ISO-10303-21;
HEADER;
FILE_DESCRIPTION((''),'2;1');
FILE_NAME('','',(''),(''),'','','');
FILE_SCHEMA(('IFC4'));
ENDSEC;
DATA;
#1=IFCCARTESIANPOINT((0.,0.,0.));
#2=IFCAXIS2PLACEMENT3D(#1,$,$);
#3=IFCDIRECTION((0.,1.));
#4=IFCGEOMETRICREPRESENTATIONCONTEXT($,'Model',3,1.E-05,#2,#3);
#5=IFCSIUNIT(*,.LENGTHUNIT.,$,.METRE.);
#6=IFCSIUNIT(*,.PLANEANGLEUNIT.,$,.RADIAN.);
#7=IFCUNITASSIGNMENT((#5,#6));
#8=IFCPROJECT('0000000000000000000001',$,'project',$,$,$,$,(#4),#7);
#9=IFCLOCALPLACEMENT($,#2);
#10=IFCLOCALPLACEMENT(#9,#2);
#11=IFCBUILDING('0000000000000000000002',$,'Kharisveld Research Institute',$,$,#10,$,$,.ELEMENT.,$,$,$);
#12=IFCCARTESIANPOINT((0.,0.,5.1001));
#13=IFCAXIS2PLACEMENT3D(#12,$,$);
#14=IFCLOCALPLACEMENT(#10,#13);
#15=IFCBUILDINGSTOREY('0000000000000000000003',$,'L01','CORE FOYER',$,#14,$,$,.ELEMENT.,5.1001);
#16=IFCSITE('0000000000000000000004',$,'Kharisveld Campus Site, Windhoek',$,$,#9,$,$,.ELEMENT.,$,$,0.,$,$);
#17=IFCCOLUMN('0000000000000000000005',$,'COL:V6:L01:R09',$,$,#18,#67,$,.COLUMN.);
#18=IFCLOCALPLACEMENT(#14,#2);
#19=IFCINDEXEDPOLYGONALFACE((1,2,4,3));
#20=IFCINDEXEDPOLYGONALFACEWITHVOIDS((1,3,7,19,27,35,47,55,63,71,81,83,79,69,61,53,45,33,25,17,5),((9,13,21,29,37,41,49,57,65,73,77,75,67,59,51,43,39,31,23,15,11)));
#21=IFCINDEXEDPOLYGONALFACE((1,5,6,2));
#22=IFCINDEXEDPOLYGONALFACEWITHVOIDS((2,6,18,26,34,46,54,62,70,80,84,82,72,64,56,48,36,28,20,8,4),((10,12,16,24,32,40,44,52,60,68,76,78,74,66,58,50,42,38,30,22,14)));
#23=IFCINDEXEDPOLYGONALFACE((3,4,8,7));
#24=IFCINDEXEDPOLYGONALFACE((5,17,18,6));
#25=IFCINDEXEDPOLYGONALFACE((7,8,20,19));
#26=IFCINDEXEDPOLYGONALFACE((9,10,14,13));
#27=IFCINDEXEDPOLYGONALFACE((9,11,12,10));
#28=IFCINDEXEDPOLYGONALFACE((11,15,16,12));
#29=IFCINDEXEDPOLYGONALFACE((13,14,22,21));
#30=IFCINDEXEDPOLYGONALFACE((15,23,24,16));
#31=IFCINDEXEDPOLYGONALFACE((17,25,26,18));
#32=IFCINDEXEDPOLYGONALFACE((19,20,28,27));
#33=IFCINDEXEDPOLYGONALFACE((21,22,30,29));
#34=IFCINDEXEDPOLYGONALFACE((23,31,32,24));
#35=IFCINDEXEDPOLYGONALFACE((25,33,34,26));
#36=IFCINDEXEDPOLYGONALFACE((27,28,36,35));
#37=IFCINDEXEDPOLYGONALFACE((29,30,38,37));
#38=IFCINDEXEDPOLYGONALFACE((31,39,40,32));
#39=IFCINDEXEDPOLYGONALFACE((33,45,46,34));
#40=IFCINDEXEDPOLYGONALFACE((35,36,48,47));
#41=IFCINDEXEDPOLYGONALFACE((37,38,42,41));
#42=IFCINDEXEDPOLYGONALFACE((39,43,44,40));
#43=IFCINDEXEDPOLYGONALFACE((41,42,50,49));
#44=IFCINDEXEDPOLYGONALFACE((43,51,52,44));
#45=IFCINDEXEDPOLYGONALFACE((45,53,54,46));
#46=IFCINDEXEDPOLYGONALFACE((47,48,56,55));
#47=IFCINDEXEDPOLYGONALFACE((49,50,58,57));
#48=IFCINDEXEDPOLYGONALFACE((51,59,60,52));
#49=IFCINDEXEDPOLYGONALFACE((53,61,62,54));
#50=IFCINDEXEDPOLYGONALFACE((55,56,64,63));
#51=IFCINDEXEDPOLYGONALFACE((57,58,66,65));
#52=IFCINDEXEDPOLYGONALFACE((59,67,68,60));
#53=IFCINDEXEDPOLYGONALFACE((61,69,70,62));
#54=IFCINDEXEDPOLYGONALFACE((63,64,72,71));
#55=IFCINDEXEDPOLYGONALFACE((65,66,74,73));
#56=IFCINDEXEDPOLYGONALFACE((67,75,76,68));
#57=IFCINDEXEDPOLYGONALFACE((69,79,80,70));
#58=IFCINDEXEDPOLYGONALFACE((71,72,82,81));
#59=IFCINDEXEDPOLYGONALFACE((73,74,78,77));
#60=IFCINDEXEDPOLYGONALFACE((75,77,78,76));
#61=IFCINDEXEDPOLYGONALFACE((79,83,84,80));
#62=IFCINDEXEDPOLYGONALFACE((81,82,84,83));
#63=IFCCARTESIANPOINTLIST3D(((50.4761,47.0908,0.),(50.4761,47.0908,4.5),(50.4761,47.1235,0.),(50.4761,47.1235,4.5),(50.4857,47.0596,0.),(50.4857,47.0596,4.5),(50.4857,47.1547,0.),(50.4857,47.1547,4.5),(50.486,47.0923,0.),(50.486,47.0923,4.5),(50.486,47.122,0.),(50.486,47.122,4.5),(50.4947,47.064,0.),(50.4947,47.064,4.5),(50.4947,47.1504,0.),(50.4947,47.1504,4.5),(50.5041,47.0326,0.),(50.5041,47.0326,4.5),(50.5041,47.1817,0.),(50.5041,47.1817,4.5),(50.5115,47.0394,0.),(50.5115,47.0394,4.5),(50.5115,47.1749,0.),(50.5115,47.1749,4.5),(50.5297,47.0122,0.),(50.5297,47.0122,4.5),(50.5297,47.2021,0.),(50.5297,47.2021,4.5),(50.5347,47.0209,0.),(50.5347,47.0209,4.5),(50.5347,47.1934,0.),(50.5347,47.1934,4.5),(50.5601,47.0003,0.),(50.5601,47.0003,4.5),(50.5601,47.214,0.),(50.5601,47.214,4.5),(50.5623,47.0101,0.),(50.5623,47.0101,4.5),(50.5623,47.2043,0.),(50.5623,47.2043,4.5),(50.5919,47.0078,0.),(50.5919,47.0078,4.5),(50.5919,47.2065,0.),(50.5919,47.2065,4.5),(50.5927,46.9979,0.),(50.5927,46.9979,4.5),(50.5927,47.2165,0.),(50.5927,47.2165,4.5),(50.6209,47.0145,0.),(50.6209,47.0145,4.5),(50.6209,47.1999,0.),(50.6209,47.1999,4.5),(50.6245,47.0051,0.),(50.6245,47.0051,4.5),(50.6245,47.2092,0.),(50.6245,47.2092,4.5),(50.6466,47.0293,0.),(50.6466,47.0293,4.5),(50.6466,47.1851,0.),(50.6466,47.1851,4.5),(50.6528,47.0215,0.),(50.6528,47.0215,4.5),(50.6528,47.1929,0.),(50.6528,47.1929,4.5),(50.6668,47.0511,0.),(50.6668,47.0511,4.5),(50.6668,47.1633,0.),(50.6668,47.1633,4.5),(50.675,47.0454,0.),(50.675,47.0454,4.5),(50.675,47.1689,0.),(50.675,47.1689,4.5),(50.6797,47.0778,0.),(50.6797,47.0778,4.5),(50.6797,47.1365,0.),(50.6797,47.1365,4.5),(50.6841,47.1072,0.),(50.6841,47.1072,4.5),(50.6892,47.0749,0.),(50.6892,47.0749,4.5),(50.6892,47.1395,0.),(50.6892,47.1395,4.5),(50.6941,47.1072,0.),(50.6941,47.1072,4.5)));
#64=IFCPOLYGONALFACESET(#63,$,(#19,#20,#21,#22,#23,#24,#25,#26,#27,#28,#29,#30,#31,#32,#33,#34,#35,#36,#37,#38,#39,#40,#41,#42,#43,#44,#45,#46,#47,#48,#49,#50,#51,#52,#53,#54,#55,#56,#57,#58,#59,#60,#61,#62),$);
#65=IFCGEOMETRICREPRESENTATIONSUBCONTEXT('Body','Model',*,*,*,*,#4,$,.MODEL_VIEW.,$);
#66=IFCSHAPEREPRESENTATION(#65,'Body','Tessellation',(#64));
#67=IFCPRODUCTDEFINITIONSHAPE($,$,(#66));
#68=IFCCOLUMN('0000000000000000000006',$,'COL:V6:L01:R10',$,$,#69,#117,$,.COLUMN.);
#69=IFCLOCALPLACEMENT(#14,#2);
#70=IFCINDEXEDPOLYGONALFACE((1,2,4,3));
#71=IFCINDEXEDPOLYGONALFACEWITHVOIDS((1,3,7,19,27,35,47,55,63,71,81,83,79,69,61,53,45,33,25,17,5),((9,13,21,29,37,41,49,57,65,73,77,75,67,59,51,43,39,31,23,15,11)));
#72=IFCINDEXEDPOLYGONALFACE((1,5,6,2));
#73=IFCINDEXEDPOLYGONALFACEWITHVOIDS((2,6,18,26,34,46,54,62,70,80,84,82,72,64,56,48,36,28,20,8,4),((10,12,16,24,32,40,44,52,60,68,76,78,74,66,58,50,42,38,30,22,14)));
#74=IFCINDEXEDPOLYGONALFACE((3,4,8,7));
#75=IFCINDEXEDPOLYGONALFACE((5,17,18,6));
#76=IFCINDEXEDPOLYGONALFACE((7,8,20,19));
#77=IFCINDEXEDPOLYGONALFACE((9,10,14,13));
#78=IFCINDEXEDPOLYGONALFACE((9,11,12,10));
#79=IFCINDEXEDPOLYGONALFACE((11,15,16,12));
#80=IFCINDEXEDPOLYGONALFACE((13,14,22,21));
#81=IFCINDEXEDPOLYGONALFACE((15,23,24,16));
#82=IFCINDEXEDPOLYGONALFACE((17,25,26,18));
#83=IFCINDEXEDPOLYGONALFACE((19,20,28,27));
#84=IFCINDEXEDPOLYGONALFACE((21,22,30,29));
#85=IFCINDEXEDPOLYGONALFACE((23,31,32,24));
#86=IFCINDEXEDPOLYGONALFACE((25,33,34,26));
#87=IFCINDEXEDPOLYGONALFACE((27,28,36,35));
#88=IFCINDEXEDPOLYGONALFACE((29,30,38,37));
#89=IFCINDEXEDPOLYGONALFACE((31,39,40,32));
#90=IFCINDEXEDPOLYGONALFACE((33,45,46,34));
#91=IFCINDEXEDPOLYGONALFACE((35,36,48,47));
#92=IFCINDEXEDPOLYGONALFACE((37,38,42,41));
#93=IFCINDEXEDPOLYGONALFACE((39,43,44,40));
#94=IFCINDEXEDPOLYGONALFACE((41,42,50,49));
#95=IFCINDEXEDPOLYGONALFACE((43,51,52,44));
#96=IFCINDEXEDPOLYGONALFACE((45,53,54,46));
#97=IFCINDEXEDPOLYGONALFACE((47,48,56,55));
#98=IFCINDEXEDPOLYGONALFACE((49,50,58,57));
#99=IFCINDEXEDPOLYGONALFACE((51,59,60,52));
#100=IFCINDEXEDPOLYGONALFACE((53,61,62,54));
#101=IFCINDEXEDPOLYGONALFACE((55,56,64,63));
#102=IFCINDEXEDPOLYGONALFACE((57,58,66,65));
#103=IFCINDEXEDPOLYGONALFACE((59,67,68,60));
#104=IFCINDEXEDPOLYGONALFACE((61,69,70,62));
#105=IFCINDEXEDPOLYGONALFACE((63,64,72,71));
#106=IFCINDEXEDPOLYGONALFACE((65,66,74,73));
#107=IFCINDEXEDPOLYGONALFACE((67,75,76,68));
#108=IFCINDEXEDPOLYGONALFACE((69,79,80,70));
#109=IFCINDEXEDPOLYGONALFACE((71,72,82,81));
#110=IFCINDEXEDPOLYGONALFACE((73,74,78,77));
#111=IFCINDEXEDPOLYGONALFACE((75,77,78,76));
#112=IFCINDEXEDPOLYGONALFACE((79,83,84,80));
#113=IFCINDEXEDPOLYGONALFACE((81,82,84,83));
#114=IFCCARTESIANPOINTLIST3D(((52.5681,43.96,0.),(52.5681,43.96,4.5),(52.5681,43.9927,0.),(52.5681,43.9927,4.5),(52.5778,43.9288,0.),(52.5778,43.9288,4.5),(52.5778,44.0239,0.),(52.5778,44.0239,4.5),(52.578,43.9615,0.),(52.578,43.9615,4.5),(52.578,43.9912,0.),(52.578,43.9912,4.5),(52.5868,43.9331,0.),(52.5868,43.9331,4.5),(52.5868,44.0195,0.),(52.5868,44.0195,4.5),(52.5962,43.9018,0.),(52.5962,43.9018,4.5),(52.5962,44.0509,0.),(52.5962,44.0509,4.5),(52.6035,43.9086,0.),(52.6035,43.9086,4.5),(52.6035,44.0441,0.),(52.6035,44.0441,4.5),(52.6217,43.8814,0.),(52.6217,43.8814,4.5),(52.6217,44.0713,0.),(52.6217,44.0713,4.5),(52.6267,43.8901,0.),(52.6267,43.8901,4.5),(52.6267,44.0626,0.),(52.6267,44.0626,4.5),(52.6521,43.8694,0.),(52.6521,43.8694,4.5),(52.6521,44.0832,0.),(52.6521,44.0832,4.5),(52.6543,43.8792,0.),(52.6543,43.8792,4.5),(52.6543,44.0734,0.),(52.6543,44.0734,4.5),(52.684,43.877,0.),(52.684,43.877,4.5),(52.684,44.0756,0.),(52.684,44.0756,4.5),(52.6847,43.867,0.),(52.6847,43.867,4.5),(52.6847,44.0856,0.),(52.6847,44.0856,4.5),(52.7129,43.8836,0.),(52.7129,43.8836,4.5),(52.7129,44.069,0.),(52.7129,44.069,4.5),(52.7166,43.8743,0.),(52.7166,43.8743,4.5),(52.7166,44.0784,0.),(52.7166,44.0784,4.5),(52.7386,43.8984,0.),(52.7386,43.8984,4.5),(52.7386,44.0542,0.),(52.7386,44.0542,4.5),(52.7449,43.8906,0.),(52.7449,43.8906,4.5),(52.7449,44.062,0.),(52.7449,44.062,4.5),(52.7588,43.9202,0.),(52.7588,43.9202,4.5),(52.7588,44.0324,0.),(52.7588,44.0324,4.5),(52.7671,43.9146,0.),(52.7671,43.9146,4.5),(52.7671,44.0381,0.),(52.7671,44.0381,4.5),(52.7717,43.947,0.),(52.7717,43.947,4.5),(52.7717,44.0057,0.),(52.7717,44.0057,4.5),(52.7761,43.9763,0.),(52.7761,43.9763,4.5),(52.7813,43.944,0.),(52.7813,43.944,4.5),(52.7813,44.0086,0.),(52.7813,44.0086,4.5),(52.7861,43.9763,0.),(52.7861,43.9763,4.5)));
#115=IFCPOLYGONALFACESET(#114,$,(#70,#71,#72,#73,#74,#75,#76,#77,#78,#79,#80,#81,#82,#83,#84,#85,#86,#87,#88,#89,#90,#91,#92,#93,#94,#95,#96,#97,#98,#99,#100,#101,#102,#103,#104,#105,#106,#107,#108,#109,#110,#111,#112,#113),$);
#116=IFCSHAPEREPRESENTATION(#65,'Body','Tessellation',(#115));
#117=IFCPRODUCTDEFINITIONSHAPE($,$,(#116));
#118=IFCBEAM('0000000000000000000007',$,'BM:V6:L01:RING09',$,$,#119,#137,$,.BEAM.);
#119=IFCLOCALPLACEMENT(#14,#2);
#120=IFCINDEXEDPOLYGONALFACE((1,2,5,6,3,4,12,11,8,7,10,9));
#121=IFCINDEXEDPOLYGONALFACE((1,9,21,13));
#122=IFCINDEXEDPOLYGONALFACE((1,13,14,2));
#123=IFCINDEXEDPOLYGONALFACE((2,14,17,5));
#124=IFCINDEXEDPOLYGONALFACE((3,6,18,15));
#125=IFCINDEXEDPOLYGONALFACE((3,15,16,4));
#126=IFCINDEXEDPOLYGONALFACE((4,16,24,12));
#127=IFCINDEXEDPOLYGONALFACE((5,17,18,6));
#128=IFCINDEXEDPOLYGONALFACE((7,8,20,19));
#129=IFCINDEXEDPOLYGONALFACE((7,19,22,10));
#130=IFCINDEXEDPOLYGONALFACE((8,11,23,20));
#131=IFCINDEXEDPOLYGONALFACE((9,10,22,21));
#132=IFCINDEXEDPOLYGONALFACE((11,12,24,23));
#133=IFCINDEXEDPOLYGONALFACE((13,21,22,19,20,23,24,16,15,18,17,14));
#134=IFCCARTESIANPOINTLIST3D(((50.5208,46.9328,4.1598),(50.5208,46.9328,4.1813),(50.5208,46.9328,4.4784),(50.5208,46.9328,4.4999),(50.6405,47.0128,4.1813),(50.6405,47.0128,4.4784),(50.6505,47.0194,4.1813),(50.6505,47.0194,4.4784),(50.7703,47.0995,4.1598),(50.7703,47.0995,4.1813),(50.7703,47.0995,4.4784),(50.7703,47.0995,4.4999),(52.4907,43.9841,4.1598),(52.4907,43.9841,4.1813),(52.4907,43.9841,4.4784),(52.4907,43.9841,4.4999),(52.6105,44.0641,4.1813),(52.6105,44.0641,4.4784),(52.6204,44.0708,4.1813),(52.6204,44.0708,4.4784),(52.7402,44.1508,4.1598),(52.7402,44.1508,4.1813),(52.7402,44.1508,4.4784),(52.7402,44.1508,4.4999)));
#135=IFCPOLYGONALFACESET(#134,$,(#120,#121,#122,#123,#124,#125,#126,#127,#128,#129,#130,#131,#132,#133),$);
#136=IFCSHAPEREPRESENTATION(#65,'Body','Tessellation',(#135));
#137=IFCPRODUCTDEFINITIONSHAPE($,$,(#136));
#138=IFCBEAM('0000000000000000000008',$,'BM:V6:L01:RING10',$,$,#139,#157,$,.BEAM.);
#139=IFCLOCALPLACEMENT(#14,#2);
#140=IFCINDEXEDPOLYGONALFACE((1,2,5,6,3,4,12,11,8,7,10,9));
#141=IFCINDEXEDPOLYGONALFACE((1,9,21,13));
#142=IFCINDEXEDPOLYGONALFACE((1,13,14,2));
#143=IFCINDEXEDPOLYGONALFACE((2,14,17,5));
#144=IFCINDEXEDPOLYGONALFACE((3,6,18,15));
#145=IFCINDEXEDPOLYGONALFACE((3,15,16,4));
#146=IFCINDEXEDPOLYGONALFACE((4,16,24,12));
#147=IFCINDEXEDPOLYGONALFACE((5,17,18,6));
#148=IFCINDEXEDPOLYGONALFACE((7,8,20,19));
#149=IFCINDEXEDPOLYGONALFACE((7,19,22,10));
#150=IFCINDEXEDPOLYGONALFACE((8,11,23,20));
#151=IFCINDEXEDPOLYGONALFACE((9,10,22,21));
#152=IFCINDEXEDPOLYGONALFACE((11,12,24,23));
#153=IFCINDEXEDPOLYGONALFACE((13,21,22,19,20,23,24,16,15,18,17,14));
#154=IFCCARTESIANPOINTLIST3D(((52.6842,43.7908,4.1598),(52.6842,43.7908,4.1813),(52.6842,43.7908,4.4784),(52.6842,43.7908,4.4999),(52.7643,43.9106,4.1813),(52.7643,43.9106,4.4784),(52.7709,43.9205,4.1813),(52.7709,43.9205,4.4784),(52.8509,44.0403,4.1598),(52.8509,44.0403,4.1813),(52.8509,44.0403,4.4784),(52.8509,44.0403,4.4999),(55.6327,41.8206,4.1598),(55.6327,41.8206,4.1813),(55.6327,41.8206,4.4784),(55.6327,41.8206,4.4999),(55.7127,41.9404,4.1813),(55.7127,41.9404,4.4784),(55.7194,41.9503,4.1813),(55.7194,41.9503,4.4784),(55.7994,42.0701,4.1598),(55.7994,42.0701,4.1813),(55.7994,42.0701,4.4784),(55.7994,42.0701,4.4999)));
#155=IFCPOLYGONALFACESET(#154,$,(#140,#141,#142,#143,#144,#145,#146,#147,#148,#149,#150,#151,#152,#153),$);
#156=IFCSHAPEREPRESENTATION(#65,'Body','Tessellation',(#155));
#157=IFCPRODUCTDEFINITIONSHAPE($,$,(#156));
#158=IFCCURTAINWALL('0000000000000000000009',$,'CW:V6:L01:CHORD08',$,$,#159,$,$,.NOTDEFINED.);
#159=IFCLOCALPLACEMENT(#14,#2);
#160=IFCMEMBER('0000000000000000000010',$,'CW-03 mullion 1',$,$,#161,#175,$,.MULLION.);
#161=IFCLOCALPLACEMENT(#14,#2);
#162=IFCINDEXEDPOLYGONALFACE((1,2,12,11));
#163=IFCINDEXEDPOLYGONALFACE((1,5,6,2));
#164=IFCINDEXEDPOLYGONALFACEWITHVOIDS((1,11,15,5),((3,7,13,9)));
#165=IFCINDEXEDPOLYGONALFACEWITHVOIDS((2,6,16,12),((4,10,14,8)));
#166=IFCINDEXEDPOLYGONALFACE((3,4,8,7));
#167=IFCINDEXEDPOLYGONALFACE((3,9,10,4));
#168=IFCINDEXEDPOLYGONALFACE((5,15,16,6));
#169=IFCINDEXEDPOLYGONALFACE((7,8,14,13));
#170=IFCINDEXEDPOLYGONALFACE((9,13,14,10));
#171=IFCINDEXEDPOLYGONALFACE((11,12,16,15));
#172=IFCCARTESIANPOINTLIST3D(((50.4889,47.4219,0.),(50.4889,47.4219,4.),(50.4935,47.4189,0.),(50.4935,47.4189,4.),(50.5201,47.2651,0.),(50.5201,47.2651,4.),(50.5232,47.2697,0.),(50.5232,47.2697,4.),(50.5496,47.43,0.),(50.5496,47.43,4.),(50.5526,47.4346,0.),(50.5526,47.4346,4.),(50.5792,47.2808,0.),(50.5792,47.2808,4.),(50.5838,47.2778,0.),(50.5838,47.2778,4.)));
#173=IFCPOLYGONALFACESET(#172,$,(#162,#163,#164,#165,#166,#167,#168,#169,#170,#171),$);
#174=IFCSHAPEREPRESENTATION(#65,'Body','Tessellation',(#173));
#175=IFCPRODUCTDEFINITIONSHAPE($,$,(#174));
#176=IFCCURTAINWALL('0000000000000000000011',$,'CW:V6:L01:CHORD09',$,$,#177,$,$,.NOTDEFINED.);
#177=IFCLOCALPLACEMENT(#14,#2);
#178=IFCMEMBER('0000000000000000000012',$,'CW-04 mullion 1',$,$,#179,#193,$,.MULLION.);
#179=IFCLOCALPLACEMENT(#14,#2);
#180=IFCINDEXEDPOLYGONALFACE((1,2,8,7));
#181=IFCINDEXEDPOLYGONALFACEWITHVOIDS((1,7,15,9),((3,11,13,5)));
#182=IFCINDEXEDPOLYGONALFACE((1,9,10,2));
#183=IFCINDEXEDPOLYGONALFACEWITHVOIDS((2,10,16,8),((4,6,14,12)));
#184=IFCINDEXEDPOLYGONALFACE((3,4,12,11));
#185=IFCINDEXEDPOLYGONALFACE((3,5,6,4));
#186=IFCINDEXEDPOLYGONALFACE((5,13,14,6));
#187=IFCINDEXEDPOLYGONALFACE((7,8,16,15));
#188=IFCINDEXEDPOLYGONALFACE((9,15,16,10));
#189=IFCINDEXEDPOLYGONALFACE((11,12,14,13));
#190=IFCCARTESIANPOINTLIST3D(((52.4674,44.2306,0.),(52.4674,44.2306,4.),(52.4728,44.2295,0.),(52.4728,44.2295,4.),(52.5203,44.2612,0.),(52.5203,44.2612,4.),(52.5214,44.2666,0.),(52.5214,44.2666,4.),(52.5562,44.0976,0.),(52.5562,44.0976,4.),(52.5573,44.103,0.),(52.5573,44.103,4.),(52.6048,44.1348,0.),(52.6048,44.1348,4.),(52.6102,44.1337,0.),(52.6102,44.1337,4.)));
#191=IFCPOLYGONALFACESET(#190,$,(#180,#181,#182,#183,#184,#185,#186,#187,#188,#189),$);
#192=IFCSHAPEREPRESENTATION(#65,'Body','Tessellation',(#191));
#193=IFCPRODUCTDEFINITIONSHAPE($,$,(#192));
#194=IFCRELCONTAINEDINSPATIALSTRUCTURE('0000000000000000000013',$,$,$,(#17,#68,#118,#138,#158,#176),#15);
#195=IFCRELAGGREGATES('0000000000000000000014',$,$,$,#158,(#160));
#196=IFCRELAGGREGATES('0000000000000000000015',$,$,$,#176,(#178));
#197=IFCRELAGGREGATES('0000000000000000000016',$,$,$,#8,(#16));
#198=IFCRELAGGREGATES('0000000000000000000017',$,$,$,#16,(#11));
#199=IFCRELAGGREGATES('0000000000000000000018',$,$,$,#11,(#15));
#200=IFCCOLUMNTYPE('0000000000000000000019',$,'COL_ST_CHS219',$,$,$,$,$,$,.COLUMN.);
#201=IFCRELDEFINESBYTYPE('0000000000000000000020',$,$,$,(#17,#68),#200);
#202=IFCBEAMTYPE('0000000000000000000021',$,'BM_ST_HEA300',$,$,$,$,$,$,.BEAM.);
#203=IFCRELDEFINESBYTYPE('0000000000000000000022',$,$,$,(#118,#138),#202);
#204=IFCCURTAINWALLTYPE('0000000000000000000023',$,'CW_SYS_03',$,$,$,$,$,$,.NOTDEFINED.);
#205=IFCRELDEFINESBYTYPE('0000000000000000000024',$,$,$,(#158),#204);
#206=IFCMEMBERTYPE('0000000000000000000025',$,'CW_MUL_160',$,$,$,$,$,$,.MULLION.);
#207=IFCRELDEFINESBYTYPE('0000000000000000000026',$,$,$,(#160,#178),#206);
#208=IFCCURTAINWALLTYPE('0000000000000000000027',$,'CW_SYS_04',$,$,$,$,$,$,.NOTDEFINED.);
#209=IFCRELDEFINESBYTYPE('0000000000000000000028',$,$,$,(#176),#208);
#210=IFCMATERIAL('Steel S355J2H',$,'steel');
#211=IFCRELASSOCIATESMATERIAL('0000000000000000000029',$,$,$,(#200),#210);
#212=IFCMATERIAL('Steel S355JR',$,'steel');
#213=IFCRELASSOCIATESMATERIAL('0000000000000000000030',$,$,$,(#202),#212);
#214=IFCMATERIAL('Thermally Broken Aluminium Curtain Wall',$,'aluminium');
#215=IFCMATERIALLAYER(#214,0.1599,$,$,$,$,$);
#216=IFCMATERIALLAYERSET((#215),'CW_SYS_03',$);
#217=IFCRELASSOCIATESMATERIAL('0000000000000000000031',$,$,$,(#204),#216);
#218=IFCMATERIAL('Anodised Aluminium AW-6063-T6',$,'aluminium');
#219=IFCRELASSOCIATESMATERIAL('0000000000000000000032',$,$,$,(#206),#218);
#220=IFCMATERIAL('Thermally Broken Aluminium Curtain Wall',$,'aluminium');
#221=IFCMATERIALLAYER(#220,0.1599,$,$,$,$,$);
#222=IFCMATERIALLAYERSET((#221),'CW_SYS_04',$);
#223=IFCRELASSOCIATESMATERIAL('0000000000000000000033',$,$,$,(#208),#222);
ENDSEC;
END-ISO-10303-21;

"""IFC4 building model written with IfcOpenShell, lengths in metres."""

from ifc_helpers import new_model, si_unit, direction, frame, origin, origin_2d, place, context, subcontext, project, spatial, hollow_rectangle, hollow_circle, i_section, extrude, material, layer, layer_set, material_profile, profile_set, type_object, element, aggregate, save


model = new_model("IFC4")

# Units and contexts
model_context = context("Model", 3, precision=1e-05, world=origin(), true_north=direction((0.0, 1.0)))
body_context = subcontext(model_context, "Body", "Model", "MODEL_VIEW")
ifc_project = project(units=[si_unit("LENGTHUNIT", "METRE"), si_unit("PLANEANGLEUNIT", "RADIAN")], contexts=[model_context])

# Site, building, storey
site_placement = place(None, origin())
site = spatial("IfcSite", under=ifc_project, at=site_placement, Name="Kharisveld Campus Site, Windhoek", CompositionType="ELEMENT", RefElevation=0.0)
building_placement = place(site_placement, origin())
building = spatial("IfcBuilding", under=site, at=building_placement, Name="Kharisveld Research Institute", CompositionType="ELEMENT")
storey_placement = place(building_placement, frame((0.0, 0.0, 5.1001)))
storey = spatial("IfcBuildingStorey", under=building, at=storey_placement, Name="L01", Description="CORE FOYER", CompositionType="ELEMENT", Elevation=5.1001)

# Columns
ifc_material_1 = material(Name="Steel S355J2H", Category="steel")
ifc_material_profile_1 = material_profile(ifc_material_1, hollow_circle(Radius=0.1096, WallThickness=0.01, at=origin_2d()))
ifc_profile_set_1 = profile_set([ifc_material_profile_1], Name="Steel S355J2H")
column_type = type_object("IfcColumnType", Name="COL_ST_CHS219", PredefinedType="COLUMN", material=ifc_profile_set_1)
for number, where, z_axis, x_axis, name in (
    (1, (50.5845, 47.1072, 0.0), (0.0, 0.0, 1.0), (1.0, 0.0, 0.0), "COL:V6:L01:R09"),
    (2, (52.6765, 43.9763, 0.0), (0.0, 0.0, 1.0), (1.0, 0.0, 0.0), "COL:V6:L01:R10"),
):
    element("IfcColumn", number, at=place(storey_placement, frame(where, z_axis=z_axis, x_axis=x_axis)), inside=storey, type_object=column_type, Name=name, PredefinedType="COLUMN", context=body_context, shape_type="SweptSolid", body=[
        extrude(hollow_circle(Radius=0.1096, WallThickness=0.01, at=origin_2d()), origin(), (0.0, 0.0, 1.0), 4.5),
    ])

# Beams
ifc_material_2 = material(Name="Steel S355JR", Category="steel")
ifc_material_profile_2 = material_profile(ifc_material_2, i_section(OverallWidth=0.3, OverallDepth=0.3401, WebThickness=0.012, FlangeThickness=0.0215, at=origin_2d()))
ifc_profile_set_2 = profile_set([ifc_material_profile_2], Name="Steel S355JR")
beam_type = type_object("IfcBeamType", Name="BM_ST_HEA300", PredefinedType="BEAM", material=ifc_profile_set_2)
for number, where, z_axis, x_axis, name in (
    (3, (50.6455, 47.0161, 4.3298), (0.55551, -0.83151, 0.0), (0.83151, 0.55551, 0.0), "BM:V6:L01:RING09"),
    (4, (52.7676, 43.9155, 4.3298), (0.831457, -0.55559, 0.0), (0.55559, 0.831457, 0.0), "BM:V6:L01:RING10"),
):
    element("IfcBeam", number, at=place(storey_placement, frame(where, z_axis=z_axis, x_axis=x_axis)), inside=storey, type_object=beam_type, Name=name, PredefinedType="BEAM", context=body_context, shape_type="SweptSolid", body=[
        extrude(i_section(OverallWidth=0.3, OverallDepth=0.3401, WebThickness=0.012, FlangeThickness=0.0215, at=origin_2d()), origin(), (0.0, 0.0, 1.0), 3.5461),
    ])

# Curtain wall, member
ifc_material_3 = material(Name="Thermally Broken Aluminium Curtain Wall", Category="aluminium")
ifc_layer_1 = layer(ifc_material_3, 0.1599)
ifc_layer_set_1 = layer_set([ifc_layer_1], Name="CW_SYS_03")
curtain_wall_type_1 = type_object("IfcCurtainWallType", Name="CW_SYS_03", PredefinedType="NOTDEFINED", material=ifc_layer_set_1)
curtain_wall_1_placement = place(storey_placement, origin())
curtain_wall_1 = element("IfcCurtainWall", 5, at=curtain_wall_1_placement, inside=storey, type_object=curtain_wall_type_1, Name="CW:V6:L01:CHORD08", PredefinedType="NOTDEFINED")
ifc_material_4 = material(Name="Anodised Aluminium AW-6063-T6", Category="aluminium")
ifc_material_profile_3 = material_profile(ifc_material_4, hollow_rectangle(XDim=0.0649, YDim=0.1599, WallThickness=0.0039, at=origin_2d()))
ifc_profile_set_3 = profile_set([ifc_material_profile_3], Name="Anodised Aluminium AW-6063-T6")
member_type_1 = type_object("IfcMemberType", Name="CW_MUL_160", PredefinedType="MULLION", material=ifc_profile_set_3)
member_1_placement = place(storey_placement, frame((50.5364, 47.3499, 0.0), z_axis=(0.0, 0.0, 1.0), x_axis=(-0.980785, -0.195091, 0.0)))
member_1 = element("IfcMember", 6, at=member_1_placement, type_object=member_type_1, Name="CW-03 mullion 1", PredefinedType="MULLION", context=body_context, shape_type="SweptSolid", body=[
    extrude(hollow_rectangle(XDim=0.0649, YDim=0.1599, WallThickness=0.0039, at=origin_2d()), origin(), (0.0, 0.0, 1.0), 4.0),
])
aggregate(curtain_wall_1, [member_1])

# Curtain wall, member
ifc_material_5 = material(Name="Thermally Broken Aluminium Curtain Wall", Category="aluminium")
ifc_layer_2 = layer(ifc_material_5, 0.1599)
ifc_layer_set_2 = layer_set([ifc_layer_2], Name="CW_SYS_04")
curtain_wall_type_2 = type_object("IfcCurtainWallType", Name="CW_SYS_04", PredefinedType="NOTDEFINED", material=ifc_layer_set_2)
curtain_wall_2_placement = place(storey_placement, origin())
curtain_wall_2 = element("IfcCurtainWall", 7, at=curtain_wall_2_placement, inside=storey, type_object=curtain_wall_type_2, Name="CW:V6:L01:CHORD09", PredefinedType="NOTDEFINED")
member_2_placement = place(storey_placement, frame((52.5388, 44.1821, 0.0), z_axis=(0.0, 0.0, 1.0), x_axis=(-0.83147, -0.55557, 0.0)))
member_2 = element("IfcMember", 8, at=member_2_placement, type_object=member_type_1, Name="CW-04 mullion 1", PredefinedType="MULLION", context=body_context, shape_type="SweptSolid", body=[
    extrude(hollow_rectangle(XDim=0.0649, YDim=0.1599, WallThickness=0.0039, at=origin_2d()), origin(), (0.0, 0.0, 1.0), 4.0),
])

aggregate(curtain_wall_2, [member_2])

save(model, "model.ifc")
